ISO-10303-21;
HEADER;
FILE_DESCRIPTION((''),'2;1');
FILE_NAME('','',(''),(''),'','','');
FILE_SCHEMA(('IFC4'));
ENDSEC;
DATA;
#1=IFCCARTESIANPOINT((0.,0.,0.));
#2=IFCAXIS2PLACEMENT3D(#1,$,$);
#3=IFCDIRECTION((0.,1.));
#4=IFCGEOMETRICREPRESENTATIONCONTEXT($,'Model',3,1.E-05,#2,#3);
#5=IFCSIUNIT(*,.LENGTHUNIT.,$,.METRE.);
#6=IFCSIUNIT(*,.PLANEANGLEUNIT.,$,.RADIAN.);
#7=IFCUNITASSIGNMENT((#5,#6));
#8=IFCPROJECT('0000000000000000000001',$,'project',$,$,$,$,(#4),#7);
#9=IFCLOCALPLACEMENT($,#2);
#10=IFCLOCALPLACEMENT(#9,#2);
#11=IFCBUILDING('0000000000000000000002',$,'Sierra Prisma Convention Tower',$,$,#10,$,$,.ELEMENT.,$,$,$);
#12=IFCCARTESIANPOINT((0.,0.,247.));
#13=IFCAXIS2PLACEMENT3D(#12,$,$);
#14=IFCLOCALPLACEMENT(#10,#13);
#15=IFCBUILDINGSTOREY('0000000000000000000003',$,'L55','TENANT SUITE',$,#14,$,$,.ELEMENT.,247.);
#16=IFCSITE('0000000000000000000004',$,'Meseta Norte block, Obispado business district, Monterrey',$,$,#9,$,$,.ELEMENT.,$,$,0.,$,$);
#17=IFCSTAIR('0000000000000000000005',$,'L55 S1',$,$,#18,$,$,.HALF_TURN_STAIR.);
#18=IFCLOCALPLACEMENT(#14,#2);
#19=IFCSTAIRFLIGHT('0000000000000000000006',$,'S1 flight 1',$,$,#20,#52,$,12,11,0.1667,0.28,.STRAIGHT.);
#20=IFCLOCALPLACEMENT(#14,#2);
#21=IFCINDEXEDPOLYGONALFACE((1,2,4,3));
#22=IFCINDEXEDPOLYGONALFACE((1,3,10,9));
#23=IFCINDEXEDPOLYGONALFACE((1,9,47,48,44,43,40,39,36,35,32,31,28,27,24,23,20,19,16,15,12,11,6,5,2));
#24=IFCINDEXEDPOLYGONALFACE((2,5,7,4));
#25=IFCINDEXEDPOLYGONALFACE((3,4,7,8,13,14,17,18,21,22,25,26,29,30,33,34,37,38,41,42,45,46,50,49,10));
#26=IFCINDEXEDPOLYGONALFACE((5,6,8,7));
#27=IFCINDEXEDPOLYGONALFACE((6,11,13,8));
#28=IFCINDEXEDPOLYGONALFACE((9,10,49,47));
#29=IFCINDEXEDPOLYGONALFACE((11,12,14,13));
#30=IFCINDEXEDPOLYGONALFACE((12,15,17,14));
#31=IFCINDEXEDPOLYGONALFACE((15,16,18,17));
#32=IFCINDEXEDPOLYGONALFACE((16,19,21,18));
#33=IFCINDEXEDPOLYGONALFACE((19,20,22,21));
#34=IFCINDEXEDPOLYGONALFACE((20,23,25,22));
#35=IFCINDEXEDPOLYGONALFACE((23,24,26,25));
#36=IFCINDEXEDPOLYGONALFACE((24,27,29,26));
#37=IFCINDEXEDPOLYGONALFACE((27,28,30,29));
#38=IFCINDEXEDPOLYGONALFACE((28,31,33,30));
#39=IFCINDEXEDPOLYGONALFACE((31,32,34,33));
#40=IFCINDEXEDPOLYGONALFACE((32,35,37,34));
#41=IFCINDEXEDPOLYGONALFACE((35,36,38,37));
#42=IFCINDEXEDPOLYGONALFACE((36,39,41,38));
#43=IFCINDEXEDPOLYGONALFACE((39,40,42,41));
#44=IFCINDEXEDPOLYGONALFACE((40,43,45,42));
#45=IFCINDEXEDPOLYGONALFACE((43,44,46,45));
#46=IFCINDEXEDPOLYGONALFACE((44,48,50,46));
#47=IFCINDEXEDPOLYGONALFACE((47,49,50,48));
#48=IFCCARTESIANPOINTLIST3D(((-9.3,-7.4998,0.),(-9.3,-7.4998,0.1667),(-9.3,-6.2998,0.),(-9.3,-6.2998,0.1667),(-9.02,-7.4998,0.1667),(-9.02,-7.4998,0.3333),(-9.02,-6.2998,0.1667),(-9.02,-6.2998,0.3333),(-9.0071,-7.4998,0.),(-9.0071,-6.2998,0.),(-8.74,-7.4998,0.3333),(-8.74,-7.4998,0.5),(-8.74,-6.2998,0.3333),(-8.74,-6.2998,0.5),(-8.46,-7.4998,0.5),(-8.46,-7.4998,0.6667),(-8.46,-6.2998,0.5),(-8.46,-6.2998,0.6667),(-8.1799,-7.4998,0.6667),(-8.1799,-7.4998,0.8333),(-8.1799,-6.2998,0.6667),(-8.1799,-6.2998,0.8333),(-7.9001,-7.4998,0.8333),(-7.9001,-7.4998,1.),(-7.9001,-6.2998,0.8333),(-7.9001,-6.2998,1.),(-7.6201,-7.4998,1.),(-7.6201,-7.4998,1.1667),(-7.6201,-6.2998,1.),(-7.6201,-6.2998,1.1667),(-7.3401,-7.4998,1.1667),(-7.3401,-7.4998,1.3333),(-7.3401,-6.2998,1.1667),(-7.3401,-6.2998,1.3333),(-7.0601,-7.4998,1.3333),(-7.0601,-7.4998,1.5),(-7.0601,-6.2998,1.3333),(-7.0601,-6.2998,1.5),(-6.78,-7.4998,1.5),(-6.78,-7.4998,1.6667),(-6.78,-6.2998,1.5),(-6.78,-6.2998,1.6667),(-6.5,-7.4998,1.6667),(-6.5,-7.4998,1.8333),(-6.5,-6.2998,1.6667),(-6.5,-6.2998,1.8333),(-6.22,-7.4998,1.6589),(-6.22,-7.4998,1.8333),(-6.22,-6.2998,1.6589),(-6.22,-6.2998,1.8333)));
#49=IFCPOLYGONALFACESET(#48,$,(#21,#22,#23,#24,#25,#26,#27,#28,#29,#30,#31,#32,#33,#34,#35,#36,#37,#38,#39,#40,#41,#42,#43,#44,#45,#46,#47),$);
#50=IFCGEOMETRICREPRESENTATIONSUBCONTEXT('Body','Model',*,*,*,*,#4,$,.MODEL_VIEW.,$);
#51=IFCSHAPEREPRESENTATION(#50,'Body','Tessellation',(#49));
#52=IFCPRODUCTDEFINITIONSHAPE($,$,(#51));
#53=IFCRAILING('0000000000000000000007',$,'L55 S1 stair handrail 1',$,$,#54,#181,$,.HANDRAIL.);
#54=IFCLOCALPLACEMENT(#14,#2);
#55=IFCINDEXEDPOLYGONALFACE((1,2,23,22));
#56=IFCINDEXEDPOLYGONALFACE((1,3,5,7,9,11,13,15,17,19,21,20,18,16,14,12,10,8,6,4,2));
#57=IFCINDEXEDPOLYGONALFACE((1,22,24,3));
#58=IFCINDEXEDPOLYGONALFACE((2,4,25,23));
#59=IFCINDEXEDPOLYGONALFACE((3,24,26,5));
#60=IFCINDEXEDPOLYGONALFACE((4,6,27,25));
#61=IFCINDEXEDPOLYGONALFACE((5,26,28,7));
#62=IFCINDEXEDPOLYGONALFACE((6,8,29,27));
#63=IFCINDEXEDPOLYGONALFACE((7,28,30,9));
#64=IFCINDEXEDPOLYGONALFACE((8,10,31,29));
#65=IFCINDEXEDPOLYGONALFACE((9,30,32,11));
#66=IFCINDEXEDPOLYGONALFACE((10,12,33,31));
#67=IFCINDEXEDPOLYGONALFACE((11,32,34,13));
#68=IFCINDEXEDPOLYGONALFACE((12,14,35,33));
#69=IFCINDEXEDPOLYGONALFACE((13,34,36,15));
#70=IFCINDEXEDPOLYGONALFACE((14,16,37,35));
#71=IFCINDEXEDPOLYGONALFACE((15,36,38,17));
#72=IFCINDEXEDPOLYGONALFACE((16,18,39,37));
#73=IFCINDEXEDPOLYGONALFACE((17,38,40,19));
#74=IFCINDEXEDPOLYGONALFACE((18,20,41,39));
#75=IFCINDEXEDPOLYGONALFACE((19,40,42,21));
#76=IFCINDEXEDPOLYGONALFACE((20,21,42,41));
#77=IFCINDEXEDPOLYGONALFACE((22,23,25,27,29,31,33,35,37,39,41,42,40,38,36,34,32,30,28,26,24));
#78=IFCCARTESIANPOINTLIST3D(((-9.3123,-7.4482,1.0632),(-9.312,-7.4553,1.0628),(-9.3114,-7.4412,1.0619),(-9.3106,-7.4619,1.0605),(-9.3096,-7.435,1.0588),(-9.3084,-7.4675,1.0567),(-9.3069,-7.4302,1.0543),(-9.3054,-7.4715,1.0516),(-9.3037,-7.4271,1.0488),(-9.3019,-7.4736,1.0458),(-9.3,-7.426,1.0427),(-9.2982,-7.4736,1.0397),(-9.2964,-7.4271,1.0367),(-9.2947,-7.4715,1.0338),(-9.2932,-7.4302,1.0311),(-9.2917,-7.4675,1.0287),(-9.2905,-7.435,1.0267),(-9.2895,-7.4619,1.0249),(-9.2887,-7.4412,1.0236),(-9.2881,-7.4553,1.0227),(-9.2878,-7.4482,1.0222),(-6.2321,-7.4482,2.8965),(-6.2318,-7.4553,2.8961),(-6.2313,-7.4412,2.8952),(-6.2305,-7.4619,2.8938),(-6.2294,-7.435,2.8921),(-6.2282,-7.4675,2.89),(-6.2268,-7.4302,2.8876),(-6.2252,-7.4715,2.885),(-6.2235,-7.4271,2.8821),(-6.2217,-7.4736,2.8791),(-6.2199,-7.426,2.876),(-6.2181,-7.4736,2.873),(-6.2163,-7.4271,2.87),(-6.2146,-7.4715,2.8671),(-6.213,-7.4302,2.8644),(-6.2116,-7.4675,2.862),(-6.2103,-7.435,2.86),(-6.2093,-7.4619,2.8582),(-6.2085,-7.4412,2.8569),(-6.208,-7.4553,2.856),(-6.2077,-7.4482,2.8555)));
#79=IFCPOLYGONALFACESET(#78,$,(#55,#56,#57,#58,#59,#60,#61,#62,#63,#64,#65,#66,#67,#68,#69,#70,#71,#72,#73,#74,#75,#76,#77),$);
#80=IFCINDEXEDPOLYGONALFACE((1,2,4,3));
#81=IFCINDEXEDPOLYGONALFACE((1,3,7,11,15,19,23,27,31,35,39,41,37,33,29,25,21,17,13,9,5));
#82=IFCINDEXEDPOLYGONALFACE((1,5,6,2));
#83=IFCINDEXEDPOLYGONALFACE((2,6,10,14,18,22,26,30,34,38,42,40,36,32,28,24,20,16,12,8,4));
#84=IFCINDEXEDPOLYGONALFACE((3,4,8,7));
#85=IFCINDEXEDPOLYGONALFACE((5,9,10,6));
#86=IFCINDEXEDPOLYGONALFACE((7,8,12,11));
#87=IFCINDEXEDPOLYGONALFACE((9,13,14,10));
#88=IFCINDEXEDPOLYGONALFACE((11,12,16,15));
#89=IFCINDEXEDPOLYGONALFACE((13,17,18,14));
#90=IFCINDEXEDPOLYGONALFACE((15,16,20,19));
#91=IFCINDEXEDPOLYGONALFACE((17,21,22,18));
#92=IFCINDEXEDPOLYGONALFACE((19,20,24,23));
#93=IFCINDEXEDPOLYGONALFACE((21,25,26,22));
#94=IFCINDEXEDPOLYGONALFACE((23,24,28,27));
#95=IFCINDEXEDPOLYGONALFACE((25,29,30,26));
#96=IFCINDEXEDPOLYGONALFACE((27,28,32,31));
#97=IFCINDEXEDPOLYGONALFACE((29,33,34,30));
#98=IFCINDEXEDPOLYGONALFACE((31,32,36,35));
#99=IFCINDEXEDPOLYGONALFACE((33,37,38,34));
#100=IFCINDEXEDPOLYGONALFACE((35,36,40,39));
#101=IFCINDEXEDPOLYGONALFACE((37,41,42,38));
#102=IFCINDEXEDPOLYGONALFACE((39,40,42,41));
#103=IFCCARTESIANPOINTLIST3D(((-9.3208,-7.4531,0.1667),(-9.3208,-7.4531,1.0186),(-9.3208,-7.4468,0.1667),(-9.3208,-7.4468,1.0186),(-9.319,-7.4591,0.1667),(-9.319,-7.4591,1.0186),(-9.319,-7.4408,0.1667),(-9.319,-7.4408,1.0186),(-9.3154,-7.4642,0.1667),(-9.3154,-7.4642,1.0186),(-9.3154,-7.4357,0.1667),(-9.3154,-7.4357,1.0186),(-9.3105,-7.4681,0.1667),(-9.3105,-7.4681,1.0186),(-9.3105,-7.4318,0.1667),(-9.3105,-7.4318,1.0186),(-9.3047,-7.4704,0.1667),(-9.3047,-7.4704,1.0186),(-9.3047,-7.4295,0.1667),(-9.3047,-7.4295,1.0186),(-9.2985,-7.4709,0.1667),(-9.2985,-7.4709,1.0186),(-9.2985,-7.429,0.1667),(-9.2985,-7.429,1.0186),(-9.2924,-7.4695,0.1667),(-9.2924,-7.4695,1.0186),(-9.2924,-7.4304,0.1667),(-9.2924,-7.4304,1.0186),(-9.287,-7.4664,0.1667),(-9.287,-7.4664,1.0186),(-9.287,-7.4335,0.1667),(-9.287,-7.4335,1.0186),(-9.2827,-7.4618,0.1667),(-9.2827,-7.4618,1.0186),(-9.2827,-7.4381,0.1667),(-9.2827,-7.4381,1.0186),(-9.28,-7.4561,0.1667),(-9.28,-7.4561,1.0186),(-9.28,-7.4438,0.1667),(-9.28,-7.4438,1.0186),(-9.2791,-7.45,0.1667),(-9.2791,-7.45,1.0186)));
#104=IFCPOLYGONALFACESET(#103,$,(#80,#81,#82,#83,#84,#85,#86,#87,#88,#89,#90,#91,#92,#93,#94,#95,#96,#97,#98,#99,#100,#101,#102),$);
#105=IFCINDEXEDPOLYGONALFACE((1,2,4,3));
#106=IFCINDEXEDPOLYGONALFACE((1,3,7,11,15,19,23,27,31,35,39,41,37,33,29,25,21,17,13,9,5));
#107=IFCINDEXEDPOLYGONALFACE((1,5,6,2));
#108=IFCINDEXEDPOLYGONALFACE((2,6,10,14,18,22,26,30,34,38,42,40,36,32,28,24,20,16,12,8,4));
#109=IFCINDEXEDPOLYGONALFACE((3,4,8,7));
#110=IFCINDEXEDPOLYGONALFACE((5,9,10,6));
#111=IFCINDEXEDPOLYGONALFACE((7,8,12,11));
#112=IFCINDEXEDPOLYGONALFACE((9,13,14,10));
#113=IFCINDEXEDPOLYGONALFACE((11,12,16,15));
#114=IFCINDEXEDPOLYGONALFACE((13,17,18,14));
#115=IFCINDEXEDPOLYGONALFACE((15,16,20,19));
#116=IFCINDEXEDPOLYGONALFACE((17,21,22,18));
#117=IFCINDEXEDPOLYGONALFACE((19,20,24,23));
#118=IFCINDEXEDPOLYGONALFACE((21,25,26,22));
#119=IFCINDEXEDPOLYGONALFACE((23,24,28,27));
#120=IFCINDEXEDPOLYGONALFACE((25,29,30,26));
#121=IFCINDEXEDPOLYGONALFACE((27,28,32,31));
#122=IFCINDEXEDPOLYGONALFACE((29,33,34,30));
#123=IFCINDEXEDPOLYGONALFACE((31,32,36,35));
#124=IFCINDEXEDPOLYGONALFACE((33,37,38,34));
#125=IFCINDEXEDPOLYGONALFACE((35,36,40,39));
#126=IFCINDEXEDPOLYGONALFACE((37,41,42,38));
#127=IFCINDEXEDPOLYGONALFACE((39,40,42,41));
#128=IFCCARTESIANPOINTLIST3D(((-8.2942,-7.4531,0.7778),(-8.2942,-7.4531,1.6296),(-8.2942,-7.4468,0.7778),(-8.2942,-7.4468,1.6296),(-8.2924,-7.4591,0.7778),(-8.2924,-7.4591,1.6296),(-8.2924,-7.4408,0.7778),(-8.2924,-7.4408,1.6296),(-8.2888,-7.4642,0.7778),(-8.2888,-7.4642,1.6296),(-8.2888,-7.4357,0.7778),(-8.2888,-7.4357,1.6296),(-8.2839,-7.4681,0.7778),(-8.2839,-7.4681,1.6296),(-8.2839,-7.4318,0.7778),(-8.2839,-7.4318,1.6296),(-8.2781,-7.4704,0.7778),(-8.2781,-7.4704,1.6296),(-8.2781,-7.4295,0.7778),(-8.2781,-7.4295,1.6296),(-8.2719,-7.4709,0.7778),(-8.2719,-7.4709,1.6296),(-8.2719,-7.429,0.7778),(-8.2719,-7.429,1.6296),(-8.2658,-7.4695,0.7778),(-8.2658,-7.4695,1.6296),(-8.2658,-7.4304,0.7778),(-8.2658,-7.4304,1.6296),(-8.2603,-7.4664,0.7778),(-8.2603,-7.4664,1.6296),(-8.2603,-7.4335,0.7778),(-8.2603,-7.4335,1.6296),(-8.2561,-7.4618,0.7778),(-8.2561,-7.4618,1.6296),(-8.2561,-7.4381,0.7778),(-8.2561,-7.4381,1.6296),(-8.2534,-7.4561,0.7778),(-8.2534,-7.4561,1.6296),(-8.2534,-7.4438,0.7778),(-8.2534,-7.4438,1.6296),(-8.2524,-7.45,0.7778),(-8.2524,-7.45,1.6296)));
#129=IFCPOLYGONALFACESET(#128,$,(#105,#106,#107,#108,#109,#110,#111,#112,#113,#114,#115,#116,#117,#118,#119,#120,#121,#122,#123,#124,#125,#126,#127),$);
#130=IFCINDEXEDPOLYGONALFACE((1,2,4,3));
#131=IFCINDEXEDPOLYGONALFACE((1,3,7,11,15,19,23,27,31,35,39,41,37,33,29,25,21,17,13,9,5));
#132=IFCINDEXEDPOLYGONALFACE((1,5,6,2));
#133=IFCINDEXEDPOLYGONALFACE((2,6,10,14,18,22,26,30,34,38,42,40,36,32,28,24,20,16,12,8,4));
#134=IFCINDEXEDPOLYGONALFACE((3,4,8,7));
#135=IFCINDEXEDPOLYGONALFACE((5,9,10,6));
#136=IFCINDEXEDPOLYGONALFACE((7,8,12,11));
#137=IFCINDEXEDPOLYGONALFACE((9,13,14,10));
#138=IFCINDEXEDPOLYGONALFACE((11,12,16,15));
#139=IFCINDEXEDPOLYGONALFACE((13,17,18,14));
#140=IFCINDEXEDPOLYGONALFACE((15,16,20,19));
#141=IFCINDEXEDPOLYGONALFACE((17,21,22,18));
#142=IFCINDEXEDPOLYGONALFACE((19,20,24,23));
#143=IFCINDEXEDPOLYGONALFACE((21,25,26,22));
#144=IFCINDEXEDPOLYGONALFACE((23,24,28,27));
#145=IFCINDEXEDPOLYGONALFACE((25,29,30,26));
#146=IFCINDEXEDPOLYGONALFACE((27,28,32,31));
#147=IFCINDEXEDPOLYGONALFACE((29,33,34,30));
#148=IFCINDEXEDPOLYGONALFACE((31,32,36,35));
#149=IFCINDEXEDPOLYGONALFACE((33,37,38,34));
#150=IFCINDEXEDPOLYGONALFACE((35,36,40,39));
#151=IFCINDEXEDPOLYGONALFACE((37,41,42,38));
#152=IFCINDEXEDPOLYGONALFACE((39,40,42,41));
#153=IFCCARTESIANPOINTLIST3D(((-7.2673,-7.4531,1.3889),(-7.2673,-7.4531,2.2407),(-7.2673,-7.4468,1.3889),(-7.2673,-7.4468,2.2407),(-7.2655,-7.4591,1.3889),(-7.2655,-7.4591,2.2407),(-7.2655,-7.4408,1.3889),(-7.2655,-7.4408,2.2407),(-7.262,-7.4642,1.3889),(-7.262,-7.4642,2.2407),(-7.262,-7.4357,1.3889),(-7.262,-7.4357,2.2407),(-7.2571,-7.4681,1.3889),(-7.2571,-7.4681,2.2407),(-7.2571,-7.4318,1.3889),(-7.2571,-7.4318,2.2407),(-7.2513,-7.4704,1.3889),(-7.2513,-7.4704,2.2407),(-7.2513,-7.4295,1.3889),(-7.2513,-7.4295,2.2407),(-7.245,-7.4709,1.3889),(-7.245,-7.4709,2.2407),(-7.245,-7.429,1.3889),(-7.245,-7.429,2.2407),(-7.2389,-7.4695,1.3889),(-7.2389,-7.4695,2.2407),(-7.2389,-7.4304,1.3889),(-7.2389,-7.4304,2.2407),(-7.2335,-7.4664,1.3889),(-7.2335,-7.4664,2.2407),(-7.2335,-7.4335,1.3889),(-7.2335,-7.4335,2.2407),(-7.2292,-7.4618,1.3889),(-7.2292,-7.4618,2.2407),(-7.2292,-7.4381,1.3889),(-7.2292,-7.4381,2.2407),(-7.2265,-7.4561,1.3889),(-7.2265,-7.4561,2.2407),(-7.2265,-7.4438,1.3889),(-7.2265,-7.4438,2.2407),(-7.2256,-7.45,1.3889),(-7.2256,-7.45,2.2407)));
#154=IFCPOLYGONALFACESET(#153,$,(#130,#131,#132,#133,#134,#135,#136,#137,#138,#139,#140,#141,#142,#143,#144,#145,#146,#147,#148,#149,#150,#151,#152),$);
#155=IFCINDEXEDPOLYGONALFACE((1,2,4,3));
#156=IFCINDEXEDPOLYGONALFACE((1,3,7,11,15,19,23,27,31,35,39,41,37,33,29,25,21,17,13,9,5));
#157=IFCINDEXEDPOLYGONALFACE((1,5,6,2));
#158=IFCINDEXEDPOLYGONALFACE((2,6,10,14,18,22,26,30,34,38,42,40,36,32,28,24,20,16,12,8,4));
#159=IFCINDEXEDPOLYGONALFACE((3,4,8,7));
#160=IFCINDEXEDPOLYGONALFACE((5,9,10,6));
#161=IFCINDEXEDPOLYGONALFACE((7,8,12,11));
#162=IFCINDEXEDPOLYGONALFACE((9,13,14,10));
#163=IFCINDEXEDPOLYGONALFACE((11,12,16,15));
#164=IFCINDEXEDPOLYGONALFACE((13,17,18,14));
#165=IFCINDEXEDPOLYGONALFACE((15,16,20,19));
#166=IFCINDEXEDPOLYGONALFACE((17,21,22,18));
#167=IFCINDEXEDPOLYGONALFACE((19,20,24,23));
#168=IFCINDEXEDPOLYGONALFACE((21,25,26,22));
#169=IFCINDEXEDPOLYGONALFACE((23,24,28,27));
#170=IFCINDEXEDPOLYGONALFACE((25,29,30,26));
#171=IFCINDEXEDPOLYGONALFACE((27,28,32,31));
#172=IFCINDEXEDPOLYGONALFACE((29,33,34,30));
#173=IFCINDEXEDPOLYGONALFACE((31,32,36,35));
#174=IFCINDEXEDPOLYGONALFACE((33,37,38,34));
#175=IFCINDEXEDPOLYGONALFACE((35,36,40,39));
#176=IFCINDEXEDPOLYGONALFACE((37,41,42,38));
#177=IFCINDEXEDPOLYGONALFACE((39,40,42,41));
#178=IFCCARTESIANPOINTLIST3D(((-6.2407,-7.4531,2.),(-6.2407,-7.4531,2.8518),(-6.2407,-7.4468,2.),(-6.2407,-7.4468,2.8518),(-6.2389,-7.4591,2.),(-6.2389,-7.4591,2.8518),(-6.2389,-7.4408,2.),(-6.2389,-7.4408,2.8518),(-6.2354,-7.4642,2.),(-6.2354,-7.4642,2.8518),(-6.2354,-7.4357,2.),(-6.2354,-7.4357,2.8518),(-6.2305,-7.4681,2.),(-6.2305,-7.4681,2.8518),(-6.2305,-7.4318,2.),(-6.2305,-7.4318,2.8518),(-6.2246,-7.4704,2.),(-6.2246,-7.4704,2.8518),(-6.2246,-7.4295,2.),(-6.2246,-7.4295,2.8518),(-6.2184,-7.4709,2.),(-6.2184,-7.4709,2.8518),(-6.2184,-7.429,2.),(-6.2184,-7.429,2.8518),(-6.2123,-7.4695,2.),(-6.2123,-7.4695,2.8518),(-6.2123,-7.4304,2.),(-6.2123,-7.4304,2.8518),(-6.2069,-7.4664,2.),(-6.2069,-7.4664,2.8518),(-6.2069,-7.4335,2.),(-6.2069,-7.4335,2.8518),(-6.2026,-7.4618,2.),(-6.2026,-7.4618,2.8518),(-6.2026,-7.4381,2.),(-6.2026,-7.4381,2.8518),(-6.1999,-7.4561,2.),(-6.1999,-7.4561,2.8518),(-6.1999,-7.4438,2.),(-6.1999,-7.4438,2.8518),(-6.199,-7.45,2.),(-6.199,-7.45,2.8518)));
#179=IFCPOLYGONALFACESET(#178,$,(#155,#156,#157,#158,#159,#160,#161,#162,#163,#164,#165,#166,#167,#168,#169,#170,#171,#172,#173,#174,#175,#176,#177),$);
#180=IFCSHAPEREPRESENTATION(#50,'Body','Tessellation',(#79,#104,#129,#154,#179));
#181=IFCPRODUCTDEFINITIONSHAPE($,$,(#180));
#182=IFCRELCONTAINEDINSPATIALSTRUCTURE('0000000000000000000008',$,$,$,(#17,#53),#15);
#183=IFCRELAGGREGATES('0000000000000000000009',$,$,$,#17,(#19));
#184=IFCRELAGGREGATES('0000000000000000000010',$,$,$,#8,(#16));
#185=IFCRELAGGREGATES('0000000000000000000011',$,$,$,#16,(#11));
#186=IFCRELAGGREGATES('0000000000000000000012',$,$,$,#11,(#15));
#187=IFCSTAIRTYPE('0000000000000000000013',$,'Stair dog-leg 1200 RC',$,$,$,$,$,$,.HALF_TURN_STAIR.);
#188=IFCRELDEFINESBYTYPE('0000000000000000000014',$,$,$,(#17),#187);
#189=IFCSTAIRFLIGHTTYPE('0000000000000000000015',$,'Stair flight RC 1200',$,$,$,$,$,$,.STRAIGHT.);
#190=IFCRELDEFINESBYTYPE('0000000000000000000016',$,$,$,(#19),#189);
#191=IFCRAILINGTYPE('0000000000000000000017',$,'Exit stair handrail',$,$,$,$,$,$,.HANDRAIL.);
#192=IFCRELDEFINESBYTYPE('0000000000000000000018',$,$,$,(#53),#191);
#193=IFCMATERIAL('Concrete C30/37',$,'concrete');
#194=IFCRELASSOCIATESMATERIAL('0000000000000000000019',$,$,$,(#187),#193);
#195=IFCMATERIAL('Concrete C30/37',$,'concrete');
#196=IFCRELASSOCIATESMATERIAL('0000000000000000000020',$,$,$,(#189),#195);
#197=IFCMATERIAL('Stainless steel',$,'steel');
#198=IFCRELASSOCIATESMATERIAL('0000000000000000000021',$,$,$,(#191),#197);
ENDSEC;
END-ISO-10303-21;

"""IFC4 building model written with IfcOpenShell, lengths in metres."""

from ifc_helpers import new_model, si_unit, direction, frame, origin, origin_2d, place, context, subcontext, project, spatial, polyline, circle, outline, extrude, material, type_object, element, aggregate, save


model = new_model("IFC4")

# Units and contexts
model_context = context("Model", 3, precision=1e-05, world=origin(), true_north=direction((0.0, 1.0)))
body_context = subcontext(model_context, "Body", "Model", "MODEL_VIEW")
ifc_project = project(units=[si_unit("LENGTHUNIT", "METRE"), si_unit("PLANEANGLEUNIT", "RADIAN")], contexts=[model_context])

# Site, building, storey
site_placement = place(None, origin())
site = spatial("IfcSite", under=ifc_project, at=site_placement, Name="Meseta Norte block, Obispado business district, Monterrey", CompositionType="ELEMENT", RefElevation=0.0)
building_placement = place(site_placement, origin())
building = spatial("IfcBuilding", under=site, at=building_placement, Name="Sierra Prisma Convention Tower", CompositionType="ELEMENT")
storey_placement = place(building_placement, frame((0.0, 0.0, 247.0)))
storey = spatial("IfcBuildingStorey", under=building, at=storey_placement, Name="L55", Description="TENANT SUITE", CompositionType="ELEMENT", Elevation=247.0)

# Stair, stair flight
ifc_material_1 = material(Name="Concrete C30/37", Category="concrete")
stair_type = type_object("IfcStairType", Name="Stair dog-leg 1200 RC", PredefinedType="HALF_TURN_STAIR", material=ifc_material_1)
stair_placement = place(storey_placement, origin())
stair = element("IfcStair", 1, at=stair_placement, inside=storey, type_object=stair_type, Name="L55 S1", PredefinedType="HALF_TURN_STAIR")
ifc_material_2 = material(Name="Concrete C30/37", Category="concrete")
stair_flight_type = type_object("IfcStairFlightType", Name="Stair flight RC 1200", PredefinedType="STRAIGHT", material=ifc_material_2)
stair_flight_placement = place(storey_placement, frame((-9.3, -6.8999, 0.0), z_axis=(0.0, 0.0, 1.0), x_axis=(1.0, 0.0, 0.0)))
stair_flight = element("IfcStairFlight", 2, at=stair_flight_placement, type_object=stair_flight_type, Name="S1 flight 1", NumberOfRisers=12, NumberOfTreads=11, PredefinedType="STRAIGHT", RiserHeight=0.1667, TreadLength=0.28, context=body_context, shape_type="SweptSolid", body=[
    extrude(outline(polyline([(0.0, 0.0), (0.0, 0.1667), (0.28, 0.1667), (0.28, 0.3333), (0.5601, 0.3333), (0.5601, 0.5), (0.8401, 0.5), (0.8401, 0.6667), (1.1201, 0.6667), (1.1201, 0.8333), (1.3999, 0.8333), (1.3999, 1.0), (1.6799, 1.0), (1.6799, 1.1667), (1.96, 1.1667), (1.96, 1.3333), (2.24, 1.3333), (2.24, 1.5), (2.52, 1.5), (2.52, 1.6667), (2.8, 1.6667), (2.8, 1.8333), (3.0801, 1.8333), (3.0801, 2.0), (3.0801, 1.6589), (0.293, 0.0), (0.0, 0.0)])), frame((0.0, 0.6001, 0.0), z_axis=(0.0, -1.0, 0.0), x_axis=(1.0, 0.0, 0.0)), (0.0, 0.0, 1.0), 1.2),
])
aggregate(stair, [stair_flight])

# Railing
ifc_material_3 = material(Name="Stainless steel", Category="steel")
railing_type_1 = type_object("IfcRailingType", Name="Exit stair handrail", PredefinedType="HANDRAIL", material=ifc_material_3)
railing_1_placement = place(storey_placement, frame((-9.3, -7.45, 0.1667)))
element("IfcRailing", 3, at=railing_1_placement, inside=storey, type_object=railing_type_1, Name="L55 S1 stair handrail 1", PredefinedType="HANDRAIL", context=body_context, shape_type="SweptSolid", body=[
    extrude(circle(Radius=0.0239, at=origin_2d()), frame((0.0, 0.0, 0.876), z_axis=(0.859309, 0.0, 0.511458), x_axis=(0.0, 1.0, 0.0)), (0.0, 0.0, 1.0), 3.5845),
    extrude(circle(Radius=0.021, at=origin_2d()), origin(), (0.0, 0.0, 1.0), 0.8518),
    extrude(circle(Radius=0.021, at=origin_2d()), frame((1.0266, 0.0, 0.6111)), (0.0, 0.0, 1.0), 0.8518),
    extrude(circle(Radius=0.021, at=origin_2d()), frame((2.0535, 0.0, 1.2222)), (0.0, 0.0, 1.0), 0.8518),
    extrude(circle(Radius=0.021, at=origin_2d()), frame((3.0801, 0.0, 1.8333)), (0.0, 0.0, 1.0), 0.8518),
])

save(model, "model.ifc")
